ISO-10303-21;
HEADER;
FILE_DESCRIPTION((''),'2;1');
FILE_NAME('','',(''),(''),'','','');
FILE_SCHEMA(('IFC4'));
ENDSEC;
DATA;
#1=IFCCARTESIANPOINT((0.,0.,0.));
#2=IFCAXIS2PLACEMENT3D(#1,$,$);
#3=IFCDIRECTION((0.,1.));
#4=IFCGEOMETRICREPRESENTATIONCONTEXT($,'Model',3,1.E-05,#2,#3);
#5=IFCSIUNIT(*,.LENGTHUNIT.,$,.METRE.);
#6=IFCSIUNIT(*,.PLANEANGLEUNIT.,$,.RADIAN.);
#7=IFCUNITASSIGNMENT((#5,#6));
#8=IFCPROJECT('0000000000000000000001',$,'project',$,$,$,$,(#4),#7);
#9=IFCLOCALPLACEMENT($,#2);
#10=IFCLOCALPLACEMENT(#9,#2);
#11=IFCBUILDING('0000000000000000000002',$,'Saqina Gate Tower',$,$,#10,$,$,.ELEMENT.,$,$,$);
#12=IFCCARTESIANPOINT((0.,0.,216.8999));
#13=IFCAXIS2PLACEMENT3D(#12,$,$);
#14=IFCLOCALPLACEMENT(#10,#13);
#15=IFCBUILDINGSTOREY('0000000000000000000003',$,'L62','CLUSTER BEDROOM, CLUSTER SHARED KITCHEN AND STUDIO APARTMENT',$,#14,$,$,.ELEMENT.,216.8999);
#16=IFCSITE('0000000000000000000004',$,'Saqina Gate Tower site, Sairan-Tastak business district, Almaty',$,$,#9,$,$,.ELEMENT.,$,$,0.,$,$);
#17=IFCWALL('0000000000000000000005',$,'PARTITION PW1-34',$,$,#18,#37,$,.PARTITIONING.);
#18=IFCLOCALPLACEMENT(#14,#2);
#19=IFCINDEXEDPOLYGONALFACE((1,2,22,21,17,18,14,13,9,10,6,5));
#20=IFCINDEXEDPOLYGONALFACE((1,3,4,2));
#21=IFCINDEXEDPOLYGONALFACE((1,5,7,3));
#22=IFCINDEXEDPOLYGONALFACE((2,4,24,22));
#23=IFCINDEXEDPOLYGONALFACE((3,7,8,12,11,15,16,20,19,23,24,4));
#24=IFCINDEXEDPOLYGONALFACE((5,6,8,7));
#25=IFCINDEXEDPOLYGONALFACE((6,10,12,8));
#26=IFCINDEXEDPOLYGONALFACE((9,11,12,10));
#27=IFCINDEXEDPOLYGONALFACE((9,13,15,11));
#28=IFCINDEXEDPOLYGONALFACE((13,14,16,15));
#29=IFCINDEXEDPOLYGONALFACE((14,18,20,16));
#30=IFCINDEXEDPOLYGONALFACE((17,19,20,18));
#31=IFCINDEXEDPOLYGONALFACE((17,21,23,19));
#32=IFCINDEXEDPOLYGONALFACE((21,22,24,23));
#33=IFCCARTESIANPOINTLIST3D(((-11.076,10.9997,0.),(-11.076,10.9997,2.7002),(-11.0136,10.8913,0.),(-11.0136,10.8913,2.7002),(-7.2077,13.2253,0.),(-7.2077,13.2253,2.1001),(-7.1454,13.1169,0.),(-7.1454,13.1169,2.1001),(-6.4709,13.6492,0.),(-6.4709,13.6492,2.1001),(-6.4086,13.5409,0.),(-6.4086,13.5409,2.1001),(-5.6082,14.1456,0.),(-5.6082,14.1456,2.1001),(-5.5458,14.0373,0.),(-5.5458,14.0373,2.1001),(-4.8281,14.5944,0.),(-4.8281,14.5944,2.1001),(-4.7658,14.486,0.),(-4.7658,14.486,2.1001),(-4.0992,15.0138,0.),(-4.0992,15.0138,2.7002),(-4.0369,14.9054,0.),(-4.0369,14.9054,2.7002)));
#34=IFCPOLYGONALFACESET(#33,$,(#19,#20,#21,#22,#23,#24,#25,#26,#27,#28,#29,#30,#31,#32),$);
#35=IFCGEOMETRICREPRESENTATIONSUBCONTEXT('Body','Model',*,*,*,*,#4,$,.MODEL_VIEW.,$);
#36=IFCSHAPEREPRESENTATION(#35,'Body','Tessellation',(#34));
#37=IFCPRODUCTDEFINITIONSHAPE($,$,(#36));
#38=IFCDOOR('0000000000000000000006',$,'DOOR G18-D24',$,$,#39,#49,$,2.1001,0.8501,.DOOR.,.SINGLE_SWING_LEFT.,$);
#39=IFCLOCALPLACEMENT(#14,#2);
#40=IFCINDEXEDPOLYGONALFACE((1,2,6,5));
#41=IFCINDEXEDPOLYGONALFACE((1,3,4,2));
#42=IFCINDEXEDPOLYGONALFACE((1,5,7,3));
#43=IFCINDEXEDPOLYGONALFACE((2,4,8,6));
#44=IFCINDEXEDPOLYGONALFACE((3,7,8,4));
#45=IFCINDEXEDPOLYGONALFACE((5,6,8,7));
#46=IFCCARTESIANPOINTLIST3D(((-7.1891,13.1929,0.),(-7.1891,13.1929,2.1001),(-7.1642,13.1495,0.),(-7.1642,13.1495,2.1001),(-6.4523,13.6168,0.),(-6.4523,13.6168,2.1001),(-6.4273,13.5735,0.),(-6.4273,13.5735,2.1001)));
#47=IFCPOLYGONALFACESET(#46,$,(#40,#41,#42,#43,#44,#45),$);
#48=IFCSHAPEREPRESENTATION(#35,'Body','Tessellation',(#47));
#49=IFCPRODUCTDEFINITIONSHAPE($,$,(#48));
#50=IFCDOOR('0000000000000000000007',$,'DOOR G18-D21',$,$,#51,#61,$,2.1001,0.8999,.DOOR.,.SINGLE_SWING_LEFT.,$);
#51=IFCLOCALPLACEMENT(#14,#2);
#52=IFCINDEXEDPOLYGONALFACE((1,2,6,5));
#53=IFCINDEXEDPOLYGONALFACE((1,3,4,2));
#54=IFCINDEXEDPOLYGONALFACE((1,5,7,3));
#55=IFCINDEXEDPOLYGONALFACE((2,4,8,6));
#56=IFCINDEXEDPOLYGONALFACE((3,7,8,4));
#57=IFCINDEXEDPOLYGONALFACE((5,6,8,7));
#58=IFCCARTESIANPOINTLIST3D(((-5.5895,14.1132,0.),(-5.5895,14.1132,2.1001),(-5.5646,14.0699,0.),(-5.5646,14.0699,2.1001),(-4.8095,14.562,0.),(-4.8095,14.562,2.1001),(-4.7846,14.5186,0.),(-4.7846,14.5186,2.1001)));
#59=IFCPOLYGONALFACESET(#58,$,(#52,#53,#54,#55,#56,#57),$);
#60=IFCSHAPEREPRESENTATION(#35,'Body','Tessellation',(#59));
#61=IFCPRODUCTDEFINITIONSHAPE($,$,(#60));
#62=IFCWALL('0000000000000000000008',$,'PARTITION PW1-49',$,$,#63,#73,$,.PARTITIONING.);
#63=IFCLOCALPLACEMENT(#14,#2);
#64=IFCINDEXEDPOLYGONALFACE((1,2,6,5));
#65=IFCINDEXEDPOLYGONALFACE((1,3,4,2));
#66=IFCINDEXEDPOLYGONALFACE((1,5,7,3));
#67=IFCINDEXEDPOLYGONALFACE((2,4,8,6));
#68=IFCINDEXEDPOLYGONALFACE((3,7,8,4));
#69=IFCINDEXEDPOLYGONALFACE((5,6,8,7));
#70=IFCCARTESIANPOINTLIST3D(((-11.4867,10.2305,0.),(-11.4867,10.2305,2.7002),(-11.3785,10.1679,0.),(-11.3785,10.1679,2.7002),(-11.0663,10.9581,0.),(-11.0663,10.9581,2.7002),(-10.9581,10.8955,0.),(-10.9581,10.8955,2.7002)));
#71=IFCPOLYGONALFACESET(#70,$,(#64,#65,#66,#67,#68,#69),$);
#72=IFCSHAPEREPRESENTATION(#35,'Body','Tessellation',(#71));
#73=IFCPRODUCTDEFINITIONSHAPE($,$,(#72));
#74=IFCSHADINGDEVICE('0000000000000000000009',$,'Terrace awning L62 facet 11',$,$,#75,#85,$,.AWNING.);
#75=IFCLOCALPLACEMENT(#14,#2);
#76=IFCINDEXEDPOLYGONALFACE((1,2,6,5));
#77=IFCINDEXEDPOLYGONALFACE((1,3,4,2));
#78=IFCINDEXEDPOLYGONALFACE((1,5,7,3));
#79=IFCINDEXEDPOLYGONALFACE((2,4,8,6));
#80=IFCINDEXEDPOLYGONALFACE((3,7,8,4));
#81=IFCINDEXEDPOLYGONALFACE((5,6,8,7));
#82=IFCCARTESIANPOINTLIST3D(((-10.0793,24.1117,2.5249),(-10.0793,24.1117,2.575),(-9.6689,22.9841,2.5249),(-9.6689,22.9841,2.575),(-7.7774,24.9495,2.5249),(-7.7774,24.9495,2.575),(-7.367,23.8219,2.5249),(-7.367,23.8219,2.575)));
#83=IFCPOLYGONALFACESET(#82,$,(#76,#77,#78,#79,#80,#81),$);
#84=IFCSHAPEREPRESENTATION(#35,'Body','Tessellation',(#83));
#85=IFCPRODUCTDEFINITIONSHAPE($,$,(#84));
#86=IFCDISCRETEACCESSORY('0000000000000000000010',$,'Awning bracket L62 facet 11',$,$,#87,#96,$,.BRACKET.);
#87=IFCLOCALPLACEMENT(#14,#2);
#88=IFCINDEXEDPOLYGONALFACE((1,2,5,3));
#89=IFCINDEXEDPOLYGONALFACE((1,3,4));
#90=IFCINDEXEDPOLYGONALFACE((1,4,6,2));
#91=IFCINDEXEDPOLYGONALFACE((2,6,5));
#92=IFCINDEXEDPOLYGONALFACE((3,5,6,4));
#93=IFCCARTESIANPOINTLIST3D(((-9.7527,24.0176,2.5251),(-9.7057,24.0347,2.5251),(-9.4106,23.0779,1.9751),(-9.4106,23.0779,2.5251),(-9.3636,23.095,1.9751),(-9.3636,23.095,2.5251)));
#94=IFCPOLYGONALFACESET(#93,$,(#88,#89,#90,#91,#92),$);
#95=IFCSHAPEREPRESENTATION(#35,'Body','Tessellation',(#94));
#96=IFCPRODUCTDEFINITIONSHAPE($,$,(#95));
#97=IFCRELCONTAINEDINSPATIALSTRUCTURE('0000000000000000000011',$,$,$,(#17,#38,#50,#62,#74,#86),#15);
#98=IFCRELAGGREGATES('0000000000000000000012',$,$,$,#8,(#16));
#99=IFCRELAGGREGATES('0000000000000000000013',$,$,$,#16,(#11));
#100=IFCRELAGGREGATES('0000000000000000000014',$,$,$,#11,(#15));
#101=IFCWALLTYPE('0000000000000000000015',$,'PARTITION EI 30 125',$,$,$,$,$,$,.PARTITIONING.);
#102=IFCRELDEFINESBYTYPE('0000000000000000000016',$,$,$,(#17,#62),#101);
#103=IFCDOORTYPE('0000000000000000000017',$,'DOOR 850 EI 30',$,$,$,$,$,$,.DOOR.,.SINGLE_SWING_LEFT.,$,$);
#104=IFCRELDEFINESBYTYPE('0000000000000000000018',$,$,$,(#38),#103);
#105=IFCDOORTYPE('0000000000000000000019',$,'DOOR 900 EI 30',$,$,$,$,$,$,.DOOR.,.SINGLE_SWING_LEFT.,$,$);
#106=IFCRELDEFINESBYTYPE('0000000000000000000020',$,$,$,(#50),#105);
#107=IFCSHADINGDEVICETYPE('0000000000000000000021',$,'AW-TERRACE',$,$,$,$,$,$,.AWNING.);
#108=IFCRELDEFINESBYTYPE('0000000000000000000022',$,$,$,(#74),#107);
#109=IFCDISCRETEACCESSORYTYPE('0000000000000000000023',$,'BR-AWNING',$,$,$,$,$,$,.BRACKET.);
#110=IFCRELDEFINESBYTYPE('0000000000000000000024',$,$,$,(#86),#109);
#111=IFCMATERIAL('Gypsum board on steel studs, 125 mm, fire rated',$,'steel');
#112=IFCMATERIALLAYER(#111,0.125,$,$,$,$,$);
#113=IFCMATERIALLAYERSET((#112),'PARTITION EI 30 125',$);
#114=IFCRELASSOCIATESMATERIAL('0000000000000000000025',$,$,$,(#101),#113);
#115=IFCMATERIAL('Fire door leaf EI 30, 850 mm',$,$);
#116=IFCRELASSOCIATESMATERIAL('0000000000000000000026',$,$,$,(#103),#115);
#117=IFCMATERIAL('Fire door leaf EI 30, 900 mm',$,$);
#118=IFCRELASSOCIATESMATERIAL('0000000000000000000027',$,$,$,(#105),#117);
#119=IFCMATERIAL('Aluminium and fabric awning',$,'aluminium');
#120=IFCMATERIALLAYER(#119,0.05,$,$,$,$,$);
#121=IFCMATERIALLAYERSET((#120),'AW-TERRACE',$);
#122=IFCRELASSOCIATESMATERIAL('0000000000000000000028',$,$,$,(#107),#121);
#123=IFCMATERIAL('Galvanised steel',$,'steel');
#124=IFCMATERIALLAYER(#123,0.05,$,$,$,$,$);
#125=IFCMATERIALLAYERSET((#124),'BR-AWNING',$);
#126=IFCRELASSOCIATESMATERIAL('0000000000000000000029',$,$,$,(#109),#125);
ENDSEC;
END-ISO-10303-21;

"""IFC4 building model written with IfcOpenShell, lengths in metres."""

from ifc_helpers import new_model, si_unit, direction, frame, frame_2d, origin, origin_2d, place, context, subcontext, project, spatial, polyline, rectangle, outline, extrude, material, layer, layer_set, type_object, element, fill, save


model = new_model("IFC4")

# Units and contexts
model_context = context("Model", 3, precision=1e-05, world=origin(), true_north=direction((0.0, 1.0)))
body_context = subcontext(model_context, "Body", "Model", "MODEL_VIEW")
ifc_project = project(units=[si_unit("LENGTHUNIT", "METRE"), si_unit("PLANEANGLEUNIT", "RADIAN")], contexts=[model_context])

# Site, building, storey
site_placement = place(None, origin())
site = spatial("IfcSite", under=ifc_project, at=site_placement, Name="Saqina Gate Tower site, Sairan-Tastak business district, Almaty", CompositionType="ELEMENT", RefElevation=0.0)
building_placement = place(site_placement, origin())
building = spatial("IfcBuilding", under=site, at=building_placement, Name="Saqina Gate Tower", CompositionType="ELEMENT")
storey_placement = place(building_placement, frame((0.0, 0.0, 216.8999)))
storey = spatial("IfcBuildingStorey", under=building, at=storey_placement, Name="L62", Description="CLUSTER BEDROOM, CLUSTER SHARED KITCHEN AND STUDIO APARTMENT", CompositionType="ELEMENT", Elevation=216.8999)

# Shared definitions
ifc_material_1 = material(Name="Gypsum board on steel studs, 125 mm, fire rated", Category="steel")
ifc_layer_1 = layer(ifc_material_1, 0.125)
ifc_layer_set_1 = layer_set([ifc_layer_1], Name="PARTITION EI 30 125")
wall_type_1 = type_object("IfcWallType", Name="PARTITION EI 30 125", PredefinedType="PARTITIONING", material=ifc_layer_set_1)

# Wall, openings, doors
wall_1_placement = place(storey_placement, frame((-11.0447, 10.9456, 0.0), z_axis=(0.0, 0.0, 1.0), x_axis=(0.866772, 0.498704, 0.0)))
wall_1 = element("IfcWall", 1, at=wall_1_placement, inside=storey, type_object=wall_type_1, Name="PARTITION PW1-34", PredefinedType="PARTITIONING", context=body_context, shape_type="SweptSolid", body=[
    extrude(rectangle(XDim=8.0491, YDim=0.125, at=frame_2d((4.0244, 0.0))), origin(), (0.0, 0.0, 1.0), 2.7002),
])
opening_1_placement = place(wall_1_placement, frame((6.3081, 0.0, 0.0)))
opening_1 = element("IfcOpeningElement", 2, at=opening_1_placement, cuts=wall_1, PredefinedType="OPENING", context=body_context, shape_type="SweptSolid", body=[
    extrude(rectangle(XDim=0.8999, YDim=2.1001, at=frame_2d((0.45, 1.05))), frame((0.0, 0.0745, 0.0), z_axis=(0.0, -1.0, 0.0), x_axis=(1.0, 0.0, 0.0)), (0.0, 0.0, 1.0), 0.1489),
])
opening_2_placement = place(wall_1_placement, frame((4.4626, 0.0, 0.0)))
opening_2 = element("IfcOpeningElement", 3, at=opening_2_placement, cuts=wall_1, PredefinedType="OPENING", context=body_context, shape_type="SweptSolid", body=[
    extrude(rectangle(XDim=0.8501, YDim=2.1001, at=frame_2d((0.425, 1.05))), frame((0.0, 0.0745, 0.0), z_axis=(0.0, -1.0, 0.0), x_axis=(1.0, 0.0, 0.0)), (0.0, 0.0, 1.0), 0.1489),
])
ifc_material_2 = material(Name="Fire door leaf EI 30, 850 mm")
door_type_1 = type_object("IfcDoorType", Name="DOOR 850 EI 30", OperationType="SINGLE_SWING_LEFT", PredefinedType="DOOR", material=ifc_material_2)
door_1_placement = place(opening_2_placement, frame((0.8501, 0.0, 0.0), z_axis=(0.0, 0.0, 1.0), x_axis=(-1.0, 0.0, 0.0)))
door_1 = element("IfcDoor", 4, at=door_1_placement, inside=storey, type_object=door_type_1, Name="DOOR G18-D24", OperationType="SINGLE_SWING_LEFT", OverallHeight=2.1001, OverallWidth=0.8501, PredefinedType="DOOR", context=body_context, shape_type="SweptSolid", body=[
    extrude(rectangle(XDim=0.8501, YDim=2.1001, at=frame_2d((0.425, 1.05))), frame((0.0, 0.0249, 0.0), z_axis=(0.0, -1.0, 0.0), x_axis=(1.0, 0.0, 0.0)), (0.0, 0.0, 1.0), 0.05),
])
fill(opening_2, door_1)
ifc_material_3 = material(Name="Fire door leaf EI 30, 900 mm")
door_type_2 = type_object("IfcDoorType", Name="DOOR 900 EI 30", OperationType="SINGLE_SWING_LEFT", PredefinedType="DOOR", material=ifc_material_3)
door_2_placement = place(opening_1_placement, frame((0.8999, 0.0, 0.0), z_axis=(0.0, 0.0, 1.0), x_axis=(-1.0, 0.0, 0.0)))
door_2 = element("IfcDoor", 5, at=door_2_placement, inside=storey, type_object=door_type_2, Name="DOOR G18-D21", OperationType="SINGLE_SWING_LEFT", OverallHeight=2.1001, OverallWidth=0.8999, PredefinedType="DOOR", context=body_context, shape_type="SweptSolid", body=[
    extrude(rectangle(XDim=0.8999, YDim=2.1001, at=frame_2d((0.45, 1.05))), frame((0.0, 0.0249, 0.0), z_axis=(0.0, -1.0, 0.0), x_axis=(1.0, 0.0, 0.0)), (0.0, 0.0, 1.0), 0.05),
])
fill(opening_1, door_2)

# Wall
wall_2_placement = place(storey_placement, frame((-11.4326, 10.1992, 0.0), z_axis=(0.0, 0.0, 1.0), x_axis=(0.500326, 0.865837, 0.0)))
element("IfcWall", 6, at=wall_2_placement, inside=storey, type_object=wall_type_1, Name="PARTITION PW1-49", PredefinedType="PARTITIONING", context=body_context, shape_type="SweptSolid", body=[
    extrude(rectangle(XDim=0.8403, YDim=0.125, at=frame_2d((0.4202, 0.0))), origin(), (0.0, 0.0, 1.0), 2.7002),
])

# Shading device
ifc_material_4 = material(Name="Aluminium and fabric awning", Category="aluminium")
ifc_layer_2 = layer(ifc_material_4, 0.05)
ifc_layer_set_2 = layer_set([ifc_layer_2], Name="AW-TERRACE")
shading_device_type = type_object("IfcShadingDeviceType", Name="AW-TERRACE", PredefinedType="AWNING", material=ifc_layer_set_2)
shading_device_placement = place(storey_placement, frame((-8.7231, 23.9668, 2.5249), z_axis=(0.0, 0.0, 1.0), x_axis=(-0.939693, -0.34202, 0.0)))
element("IfcShadingDevice", 7, at=shading_device_placement, inside=storey, type_object=shading_device_type, Name="Terrace awning L62 facet 11", PredefinedType="AWNING", context=body_context, shape_type="SweptSolid", body=[
    extrude(rectangle(XDim=2.4497, YDim=1.2, at=origin_2d()), origin(), (0.0, 0.0, 1.0), 0.05),
])

# Discrete accessory
ifc_material_5 = material(Name="Galvanised steel", Category="steel")
ifc_layer_3 = layer(ifc_material_5, 0.05)
ifc_layer_set_3 = layer_set([ifc_layer_3], Name="BR-AWNING")
discrete_accessory_type = type_object("IfcDiscreteAccessoryType", Name="BR-AWNING", PredefinedType="BRACKET", material=ifc_layer_set_3)
discrete_accessory_placement = place(storey_placement, frame((-9.4106, 23.0779, 1.9751), z_axis=(-0.939686, -0.342037, 0.0), x_axis=(0.0, 0.0, 1.0)))
element("IfcDiscreteAccessory", 8, at=discrete_accessory_placement, inside=storey, type_object=discrete_accessory_type, Name="Awning bracket L62 facet 11", PredefinedType="BRACKET", context=body_context, shape_type="SweptSolid", body=[
    extrude(outline(polyline([(0.0, 0.0), (0.55, 0.0), (0.55, 1.0), (0.0, 0.0)])), origin(), (0.0, 0.0, -1.0), 0.05),
])

save(model, "model.ifc")
